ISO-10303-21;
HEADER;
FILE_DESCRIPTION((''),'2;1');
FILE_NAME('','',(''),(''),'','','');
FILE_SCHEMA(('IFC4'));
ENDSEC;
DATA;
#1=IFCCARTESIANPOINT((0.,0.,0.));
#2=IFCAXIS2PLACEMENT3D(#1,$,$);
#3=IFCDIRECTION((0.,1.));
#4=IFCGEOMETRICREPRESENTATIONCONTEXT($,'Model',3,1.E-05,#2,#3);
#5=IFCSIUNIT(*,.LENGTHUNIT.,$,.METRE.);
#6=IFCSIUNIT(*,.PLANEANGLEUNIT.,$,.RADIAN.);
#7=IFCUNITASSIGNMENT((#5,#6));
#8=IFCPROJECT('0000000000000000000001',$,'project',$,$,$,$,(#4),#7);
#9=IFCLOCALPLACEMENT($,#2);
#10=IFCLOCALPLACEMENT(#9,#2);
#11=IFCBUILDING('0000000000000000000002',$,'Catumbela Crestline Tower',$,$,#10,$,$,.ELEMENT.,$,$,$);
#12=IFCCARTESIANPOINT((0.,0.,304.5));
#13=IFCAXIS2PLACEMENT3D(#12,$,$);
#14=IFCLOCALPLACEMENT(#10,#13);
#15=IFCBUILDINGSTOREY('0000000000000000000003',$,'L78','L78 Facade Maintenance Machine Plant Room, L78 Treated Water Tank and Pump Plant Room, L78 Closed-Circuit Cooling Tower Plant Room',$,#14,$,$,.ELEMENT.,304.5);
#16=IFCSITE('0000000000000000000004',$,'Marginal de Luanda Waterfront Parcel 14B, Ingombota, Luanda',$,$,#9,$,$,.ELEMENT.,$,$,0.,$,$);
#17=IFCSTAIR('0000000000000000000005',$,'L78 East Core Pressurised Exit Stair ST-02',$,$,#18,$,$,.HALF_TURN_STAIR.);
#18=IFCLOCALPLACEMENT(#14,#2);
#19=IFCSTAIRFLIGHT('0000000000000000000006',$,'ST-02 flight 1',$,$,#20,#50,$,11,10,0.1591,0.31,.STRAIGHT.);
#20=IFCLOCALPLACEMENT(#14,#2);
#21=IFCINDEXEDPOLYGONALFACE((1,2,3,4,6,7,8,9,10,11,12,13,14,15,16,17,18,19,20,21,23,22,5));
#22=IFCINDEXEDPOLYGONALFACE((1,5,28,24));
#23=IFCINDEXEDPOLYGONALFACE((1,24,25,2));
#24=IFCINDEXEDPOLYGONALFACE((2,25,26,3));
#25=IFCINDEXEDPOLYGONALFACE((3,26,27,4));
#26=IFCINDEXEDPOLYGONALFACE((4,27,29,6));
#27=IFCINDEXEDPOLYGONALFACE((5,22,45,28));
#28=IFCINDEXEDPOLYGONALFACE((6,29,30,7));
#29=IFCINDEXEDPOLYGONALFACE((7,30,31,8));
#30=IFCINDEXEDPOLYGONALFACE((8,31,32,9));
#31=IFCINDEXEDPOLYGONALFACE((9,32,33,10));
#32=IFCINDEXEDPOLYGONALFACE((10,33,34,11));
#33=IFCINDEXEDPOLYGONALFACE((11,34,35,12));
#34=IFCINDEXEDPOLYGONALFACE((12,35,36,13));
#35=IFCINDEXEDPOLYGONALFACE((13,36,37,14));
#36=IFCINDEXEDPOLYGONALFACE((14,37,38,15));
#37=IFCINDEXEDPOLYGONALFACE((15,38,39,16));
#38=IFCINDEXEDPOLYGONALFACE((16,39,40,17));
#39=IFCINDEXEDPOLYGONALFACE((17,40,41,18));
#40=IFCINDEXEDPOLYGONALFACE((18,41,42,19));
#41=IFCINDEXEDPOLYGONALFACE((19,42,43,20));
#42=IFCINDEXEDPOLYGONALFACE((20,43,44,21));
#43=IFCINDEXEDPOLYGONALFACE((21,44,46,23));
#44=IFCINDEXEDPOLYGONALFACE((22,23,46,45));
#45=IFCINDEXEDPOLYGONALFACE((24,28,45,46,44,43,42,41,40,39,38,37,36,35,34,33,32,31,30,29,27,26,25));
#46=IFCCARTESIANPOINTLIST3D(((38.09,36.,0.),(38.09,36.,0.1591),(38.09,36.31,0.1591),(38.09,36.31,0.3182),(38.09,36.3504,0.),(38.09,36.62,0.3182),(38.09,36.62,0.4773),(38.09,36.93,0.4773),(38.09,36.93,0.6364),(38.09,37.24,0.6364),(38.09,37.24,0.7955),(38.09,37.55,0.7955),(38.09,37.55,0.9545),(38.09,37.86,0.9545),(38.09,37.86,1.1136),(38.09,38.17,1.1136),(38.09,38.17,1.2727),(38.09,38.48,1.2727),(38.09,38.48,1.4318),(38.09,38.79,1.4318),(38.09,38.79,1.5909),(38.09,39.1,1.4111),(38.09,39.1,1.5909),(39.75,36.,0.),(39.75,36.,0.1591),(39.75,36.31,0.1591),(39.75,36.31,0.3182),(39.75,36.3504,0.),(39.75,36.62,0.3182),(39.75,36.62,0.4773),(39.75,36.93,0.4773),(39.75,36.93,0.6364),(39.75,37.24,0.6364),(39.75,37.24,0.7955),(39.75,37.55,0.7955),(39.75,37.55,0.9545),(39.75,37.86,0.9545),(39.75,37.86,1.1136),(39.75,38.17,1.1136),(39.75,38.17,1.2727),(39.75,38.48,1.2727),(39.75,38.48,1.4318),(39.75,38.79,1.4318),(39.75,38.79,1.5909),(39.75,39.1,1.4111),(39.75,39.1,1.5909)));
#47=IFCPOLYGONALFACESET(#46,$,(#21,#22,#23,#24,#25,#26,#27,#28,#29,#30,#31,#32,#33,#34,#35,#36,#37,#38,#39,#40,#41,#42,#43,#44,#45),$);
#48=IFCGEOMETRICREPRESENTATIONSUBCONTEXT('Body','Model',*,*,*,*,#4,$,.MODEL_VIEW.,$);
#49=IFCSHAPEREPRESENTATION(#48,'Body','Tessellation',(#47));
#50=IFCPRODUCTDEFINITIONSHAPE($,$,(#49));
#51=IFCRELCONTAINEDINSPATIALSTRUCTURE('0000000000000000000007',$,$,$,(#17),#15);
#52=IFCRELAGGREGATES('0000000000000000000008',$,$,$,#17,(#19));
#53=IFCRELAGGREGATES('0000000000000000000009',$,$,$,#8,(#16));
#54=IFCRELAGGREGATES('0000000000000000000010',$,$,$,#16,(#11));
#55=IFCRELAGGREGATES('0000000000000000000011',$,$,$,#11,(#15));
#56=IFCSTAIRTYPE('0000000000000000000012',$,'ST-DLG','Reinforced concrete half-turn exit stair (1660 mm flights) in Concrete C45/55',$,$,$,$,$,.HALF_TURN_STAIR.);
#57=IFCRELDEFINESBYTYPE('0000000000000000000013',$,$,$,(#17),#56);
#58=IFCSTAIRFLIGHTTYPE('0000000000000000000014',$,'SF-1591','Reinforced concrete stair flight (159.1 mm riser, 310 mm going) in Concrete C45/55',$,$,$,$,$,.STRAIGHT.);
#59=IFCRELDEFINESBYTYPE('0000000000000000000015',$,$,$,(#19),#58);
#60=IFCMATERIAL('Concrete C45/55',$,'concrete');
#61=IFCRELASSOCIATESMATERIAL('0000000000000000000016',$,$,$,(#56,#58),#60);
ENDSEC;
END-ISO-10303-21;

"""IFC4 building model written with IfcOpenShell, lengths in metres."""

from ifc_helpers import new_model, si_unit, direction, frame, origin, place, context, subcontext, project, spatial, polyline, outline, extrude, material, type_object, element, aggregate, save


model = new_model("IFC4")

# Units and contexts
model_context = context("Model", 3, precision=1e-05, world=origin(), true_north=direction((0.0, 1.0)))
body_context = subcontext(model_context, "Body", "Model", "MODEL_VIEW")
ifc_project = project(units=[si_unit("LENGTHUNIT", "METRE"), si_unit("PLANEANGLEUNIT", "RADIAN")], contexts=[model_context])

# Site, building, storey
site_placement = place(None, origin())
site = spatial("IfcSite", under=ifc_project, at=site_placement, Name="Marginal de Luanda Waterfront Parcel 14B, Ingombota, Luanda", CompositionType="ELEMENT", RefElevation=0.0)
building_placement = place(site_placement, origin())
building = spatial("IfcBuilding", under=site, at=building_placement, Name="Catumbela Crestline Tower", CompositionType="ELEMENT")
storey_placement = place(building_placement, frame((0.0, 0.0, 304.5)))
storey = spatial("IfcBuildingStorey", under=building, at=storey_placement, Name="L78", Description="L78 Facade Maintenance Machine Plant Room, L78 Treated Water Tank and Pump Plant Room, L78 Closed-Circuit Cooling Tower Plant Room", CompositionType="ELEMENT", Elevation=304.5)

# Stair, stair flight
ifc_material_1 = material(Name="Concrete C45/55", Category="concrete")
stair_type = type_object("IfcStairType", Name="ST-DLG", Description="Reinforced concrete half-turn exit stair (1660 mm flights) in Concrete C45/55", PredefinedType="HALF_TURN_STAIR", material=ifc_material_1)
stair_placement = place(storey_placement, origin())
stair = element("IfcStair", 1, at=stair_placement, inside=storey, type_object=stair_type, Name="L78 East Core Pressurised Exit Stair ST-02", PredefinedType="HALF_TURN_STAIR")
stair_flight_type = type_object("IfcStairFlightType", Name="SF-1591", Description="Reinforced concrete stair flight (159.1 mm riser, 310 mm going) in Concrete C45/55", PredefinedType="STRAIGHT", material=ifc_material_1)
stair_flight_placement = place(storey_placement, frame((38.92, 36.0, 0.0), z_axis=(0.0, 0.0, 1.0), x_axis=(0.0, 1.0, 0.0)))
stair_flight = element("IfcStairFlight", 2, at=stair_flight_placement, type_object=stair_flight_type, Name="ST-02 flight 1", NumberOfRisers=11, NumberOfTreads=10, PredefinedType="STRAIGHT", RiserHeight=0.1591, TreadLength=0.31, context=body_context, shape_type="SweptSolid", body=[
    extrude(outline(polyline([(0.0, 0.0), (0.0, 0.1591), (0.31, 0.1591), (0.31, 0.3182), (0.62, 0.3182), (0.62, 0.4773), (0.93, 0.4773), (0.93, 0.6364), (1.24, 0.6364), (1.24, 0.7955), (1.55, 0.7955), (1.55, 0.9545), (1.86, 0.9545), (1.86, 1.1136), (2.17, 1.1136), (2.17, 1.2727), (2.48, 1.2727), (2.48, 1.4318), (2.79, 1.4318), (2.79, 1.5909), (3.1, 1.5909), (3.1, 1.75), (3.1, 1.4111), (0.3504, 0.0), (0.0, 0.0)])), frame((0.0, 0.83, 0.0), z_axis=(0.0, -1.0, 0.0), x_axis=(1.0, 0.0, 0.0)), (0.0, 0.0, 1.0), 1.66),
])
aggregate(stair, [stair_flight])

save(model, "model.ifc")
